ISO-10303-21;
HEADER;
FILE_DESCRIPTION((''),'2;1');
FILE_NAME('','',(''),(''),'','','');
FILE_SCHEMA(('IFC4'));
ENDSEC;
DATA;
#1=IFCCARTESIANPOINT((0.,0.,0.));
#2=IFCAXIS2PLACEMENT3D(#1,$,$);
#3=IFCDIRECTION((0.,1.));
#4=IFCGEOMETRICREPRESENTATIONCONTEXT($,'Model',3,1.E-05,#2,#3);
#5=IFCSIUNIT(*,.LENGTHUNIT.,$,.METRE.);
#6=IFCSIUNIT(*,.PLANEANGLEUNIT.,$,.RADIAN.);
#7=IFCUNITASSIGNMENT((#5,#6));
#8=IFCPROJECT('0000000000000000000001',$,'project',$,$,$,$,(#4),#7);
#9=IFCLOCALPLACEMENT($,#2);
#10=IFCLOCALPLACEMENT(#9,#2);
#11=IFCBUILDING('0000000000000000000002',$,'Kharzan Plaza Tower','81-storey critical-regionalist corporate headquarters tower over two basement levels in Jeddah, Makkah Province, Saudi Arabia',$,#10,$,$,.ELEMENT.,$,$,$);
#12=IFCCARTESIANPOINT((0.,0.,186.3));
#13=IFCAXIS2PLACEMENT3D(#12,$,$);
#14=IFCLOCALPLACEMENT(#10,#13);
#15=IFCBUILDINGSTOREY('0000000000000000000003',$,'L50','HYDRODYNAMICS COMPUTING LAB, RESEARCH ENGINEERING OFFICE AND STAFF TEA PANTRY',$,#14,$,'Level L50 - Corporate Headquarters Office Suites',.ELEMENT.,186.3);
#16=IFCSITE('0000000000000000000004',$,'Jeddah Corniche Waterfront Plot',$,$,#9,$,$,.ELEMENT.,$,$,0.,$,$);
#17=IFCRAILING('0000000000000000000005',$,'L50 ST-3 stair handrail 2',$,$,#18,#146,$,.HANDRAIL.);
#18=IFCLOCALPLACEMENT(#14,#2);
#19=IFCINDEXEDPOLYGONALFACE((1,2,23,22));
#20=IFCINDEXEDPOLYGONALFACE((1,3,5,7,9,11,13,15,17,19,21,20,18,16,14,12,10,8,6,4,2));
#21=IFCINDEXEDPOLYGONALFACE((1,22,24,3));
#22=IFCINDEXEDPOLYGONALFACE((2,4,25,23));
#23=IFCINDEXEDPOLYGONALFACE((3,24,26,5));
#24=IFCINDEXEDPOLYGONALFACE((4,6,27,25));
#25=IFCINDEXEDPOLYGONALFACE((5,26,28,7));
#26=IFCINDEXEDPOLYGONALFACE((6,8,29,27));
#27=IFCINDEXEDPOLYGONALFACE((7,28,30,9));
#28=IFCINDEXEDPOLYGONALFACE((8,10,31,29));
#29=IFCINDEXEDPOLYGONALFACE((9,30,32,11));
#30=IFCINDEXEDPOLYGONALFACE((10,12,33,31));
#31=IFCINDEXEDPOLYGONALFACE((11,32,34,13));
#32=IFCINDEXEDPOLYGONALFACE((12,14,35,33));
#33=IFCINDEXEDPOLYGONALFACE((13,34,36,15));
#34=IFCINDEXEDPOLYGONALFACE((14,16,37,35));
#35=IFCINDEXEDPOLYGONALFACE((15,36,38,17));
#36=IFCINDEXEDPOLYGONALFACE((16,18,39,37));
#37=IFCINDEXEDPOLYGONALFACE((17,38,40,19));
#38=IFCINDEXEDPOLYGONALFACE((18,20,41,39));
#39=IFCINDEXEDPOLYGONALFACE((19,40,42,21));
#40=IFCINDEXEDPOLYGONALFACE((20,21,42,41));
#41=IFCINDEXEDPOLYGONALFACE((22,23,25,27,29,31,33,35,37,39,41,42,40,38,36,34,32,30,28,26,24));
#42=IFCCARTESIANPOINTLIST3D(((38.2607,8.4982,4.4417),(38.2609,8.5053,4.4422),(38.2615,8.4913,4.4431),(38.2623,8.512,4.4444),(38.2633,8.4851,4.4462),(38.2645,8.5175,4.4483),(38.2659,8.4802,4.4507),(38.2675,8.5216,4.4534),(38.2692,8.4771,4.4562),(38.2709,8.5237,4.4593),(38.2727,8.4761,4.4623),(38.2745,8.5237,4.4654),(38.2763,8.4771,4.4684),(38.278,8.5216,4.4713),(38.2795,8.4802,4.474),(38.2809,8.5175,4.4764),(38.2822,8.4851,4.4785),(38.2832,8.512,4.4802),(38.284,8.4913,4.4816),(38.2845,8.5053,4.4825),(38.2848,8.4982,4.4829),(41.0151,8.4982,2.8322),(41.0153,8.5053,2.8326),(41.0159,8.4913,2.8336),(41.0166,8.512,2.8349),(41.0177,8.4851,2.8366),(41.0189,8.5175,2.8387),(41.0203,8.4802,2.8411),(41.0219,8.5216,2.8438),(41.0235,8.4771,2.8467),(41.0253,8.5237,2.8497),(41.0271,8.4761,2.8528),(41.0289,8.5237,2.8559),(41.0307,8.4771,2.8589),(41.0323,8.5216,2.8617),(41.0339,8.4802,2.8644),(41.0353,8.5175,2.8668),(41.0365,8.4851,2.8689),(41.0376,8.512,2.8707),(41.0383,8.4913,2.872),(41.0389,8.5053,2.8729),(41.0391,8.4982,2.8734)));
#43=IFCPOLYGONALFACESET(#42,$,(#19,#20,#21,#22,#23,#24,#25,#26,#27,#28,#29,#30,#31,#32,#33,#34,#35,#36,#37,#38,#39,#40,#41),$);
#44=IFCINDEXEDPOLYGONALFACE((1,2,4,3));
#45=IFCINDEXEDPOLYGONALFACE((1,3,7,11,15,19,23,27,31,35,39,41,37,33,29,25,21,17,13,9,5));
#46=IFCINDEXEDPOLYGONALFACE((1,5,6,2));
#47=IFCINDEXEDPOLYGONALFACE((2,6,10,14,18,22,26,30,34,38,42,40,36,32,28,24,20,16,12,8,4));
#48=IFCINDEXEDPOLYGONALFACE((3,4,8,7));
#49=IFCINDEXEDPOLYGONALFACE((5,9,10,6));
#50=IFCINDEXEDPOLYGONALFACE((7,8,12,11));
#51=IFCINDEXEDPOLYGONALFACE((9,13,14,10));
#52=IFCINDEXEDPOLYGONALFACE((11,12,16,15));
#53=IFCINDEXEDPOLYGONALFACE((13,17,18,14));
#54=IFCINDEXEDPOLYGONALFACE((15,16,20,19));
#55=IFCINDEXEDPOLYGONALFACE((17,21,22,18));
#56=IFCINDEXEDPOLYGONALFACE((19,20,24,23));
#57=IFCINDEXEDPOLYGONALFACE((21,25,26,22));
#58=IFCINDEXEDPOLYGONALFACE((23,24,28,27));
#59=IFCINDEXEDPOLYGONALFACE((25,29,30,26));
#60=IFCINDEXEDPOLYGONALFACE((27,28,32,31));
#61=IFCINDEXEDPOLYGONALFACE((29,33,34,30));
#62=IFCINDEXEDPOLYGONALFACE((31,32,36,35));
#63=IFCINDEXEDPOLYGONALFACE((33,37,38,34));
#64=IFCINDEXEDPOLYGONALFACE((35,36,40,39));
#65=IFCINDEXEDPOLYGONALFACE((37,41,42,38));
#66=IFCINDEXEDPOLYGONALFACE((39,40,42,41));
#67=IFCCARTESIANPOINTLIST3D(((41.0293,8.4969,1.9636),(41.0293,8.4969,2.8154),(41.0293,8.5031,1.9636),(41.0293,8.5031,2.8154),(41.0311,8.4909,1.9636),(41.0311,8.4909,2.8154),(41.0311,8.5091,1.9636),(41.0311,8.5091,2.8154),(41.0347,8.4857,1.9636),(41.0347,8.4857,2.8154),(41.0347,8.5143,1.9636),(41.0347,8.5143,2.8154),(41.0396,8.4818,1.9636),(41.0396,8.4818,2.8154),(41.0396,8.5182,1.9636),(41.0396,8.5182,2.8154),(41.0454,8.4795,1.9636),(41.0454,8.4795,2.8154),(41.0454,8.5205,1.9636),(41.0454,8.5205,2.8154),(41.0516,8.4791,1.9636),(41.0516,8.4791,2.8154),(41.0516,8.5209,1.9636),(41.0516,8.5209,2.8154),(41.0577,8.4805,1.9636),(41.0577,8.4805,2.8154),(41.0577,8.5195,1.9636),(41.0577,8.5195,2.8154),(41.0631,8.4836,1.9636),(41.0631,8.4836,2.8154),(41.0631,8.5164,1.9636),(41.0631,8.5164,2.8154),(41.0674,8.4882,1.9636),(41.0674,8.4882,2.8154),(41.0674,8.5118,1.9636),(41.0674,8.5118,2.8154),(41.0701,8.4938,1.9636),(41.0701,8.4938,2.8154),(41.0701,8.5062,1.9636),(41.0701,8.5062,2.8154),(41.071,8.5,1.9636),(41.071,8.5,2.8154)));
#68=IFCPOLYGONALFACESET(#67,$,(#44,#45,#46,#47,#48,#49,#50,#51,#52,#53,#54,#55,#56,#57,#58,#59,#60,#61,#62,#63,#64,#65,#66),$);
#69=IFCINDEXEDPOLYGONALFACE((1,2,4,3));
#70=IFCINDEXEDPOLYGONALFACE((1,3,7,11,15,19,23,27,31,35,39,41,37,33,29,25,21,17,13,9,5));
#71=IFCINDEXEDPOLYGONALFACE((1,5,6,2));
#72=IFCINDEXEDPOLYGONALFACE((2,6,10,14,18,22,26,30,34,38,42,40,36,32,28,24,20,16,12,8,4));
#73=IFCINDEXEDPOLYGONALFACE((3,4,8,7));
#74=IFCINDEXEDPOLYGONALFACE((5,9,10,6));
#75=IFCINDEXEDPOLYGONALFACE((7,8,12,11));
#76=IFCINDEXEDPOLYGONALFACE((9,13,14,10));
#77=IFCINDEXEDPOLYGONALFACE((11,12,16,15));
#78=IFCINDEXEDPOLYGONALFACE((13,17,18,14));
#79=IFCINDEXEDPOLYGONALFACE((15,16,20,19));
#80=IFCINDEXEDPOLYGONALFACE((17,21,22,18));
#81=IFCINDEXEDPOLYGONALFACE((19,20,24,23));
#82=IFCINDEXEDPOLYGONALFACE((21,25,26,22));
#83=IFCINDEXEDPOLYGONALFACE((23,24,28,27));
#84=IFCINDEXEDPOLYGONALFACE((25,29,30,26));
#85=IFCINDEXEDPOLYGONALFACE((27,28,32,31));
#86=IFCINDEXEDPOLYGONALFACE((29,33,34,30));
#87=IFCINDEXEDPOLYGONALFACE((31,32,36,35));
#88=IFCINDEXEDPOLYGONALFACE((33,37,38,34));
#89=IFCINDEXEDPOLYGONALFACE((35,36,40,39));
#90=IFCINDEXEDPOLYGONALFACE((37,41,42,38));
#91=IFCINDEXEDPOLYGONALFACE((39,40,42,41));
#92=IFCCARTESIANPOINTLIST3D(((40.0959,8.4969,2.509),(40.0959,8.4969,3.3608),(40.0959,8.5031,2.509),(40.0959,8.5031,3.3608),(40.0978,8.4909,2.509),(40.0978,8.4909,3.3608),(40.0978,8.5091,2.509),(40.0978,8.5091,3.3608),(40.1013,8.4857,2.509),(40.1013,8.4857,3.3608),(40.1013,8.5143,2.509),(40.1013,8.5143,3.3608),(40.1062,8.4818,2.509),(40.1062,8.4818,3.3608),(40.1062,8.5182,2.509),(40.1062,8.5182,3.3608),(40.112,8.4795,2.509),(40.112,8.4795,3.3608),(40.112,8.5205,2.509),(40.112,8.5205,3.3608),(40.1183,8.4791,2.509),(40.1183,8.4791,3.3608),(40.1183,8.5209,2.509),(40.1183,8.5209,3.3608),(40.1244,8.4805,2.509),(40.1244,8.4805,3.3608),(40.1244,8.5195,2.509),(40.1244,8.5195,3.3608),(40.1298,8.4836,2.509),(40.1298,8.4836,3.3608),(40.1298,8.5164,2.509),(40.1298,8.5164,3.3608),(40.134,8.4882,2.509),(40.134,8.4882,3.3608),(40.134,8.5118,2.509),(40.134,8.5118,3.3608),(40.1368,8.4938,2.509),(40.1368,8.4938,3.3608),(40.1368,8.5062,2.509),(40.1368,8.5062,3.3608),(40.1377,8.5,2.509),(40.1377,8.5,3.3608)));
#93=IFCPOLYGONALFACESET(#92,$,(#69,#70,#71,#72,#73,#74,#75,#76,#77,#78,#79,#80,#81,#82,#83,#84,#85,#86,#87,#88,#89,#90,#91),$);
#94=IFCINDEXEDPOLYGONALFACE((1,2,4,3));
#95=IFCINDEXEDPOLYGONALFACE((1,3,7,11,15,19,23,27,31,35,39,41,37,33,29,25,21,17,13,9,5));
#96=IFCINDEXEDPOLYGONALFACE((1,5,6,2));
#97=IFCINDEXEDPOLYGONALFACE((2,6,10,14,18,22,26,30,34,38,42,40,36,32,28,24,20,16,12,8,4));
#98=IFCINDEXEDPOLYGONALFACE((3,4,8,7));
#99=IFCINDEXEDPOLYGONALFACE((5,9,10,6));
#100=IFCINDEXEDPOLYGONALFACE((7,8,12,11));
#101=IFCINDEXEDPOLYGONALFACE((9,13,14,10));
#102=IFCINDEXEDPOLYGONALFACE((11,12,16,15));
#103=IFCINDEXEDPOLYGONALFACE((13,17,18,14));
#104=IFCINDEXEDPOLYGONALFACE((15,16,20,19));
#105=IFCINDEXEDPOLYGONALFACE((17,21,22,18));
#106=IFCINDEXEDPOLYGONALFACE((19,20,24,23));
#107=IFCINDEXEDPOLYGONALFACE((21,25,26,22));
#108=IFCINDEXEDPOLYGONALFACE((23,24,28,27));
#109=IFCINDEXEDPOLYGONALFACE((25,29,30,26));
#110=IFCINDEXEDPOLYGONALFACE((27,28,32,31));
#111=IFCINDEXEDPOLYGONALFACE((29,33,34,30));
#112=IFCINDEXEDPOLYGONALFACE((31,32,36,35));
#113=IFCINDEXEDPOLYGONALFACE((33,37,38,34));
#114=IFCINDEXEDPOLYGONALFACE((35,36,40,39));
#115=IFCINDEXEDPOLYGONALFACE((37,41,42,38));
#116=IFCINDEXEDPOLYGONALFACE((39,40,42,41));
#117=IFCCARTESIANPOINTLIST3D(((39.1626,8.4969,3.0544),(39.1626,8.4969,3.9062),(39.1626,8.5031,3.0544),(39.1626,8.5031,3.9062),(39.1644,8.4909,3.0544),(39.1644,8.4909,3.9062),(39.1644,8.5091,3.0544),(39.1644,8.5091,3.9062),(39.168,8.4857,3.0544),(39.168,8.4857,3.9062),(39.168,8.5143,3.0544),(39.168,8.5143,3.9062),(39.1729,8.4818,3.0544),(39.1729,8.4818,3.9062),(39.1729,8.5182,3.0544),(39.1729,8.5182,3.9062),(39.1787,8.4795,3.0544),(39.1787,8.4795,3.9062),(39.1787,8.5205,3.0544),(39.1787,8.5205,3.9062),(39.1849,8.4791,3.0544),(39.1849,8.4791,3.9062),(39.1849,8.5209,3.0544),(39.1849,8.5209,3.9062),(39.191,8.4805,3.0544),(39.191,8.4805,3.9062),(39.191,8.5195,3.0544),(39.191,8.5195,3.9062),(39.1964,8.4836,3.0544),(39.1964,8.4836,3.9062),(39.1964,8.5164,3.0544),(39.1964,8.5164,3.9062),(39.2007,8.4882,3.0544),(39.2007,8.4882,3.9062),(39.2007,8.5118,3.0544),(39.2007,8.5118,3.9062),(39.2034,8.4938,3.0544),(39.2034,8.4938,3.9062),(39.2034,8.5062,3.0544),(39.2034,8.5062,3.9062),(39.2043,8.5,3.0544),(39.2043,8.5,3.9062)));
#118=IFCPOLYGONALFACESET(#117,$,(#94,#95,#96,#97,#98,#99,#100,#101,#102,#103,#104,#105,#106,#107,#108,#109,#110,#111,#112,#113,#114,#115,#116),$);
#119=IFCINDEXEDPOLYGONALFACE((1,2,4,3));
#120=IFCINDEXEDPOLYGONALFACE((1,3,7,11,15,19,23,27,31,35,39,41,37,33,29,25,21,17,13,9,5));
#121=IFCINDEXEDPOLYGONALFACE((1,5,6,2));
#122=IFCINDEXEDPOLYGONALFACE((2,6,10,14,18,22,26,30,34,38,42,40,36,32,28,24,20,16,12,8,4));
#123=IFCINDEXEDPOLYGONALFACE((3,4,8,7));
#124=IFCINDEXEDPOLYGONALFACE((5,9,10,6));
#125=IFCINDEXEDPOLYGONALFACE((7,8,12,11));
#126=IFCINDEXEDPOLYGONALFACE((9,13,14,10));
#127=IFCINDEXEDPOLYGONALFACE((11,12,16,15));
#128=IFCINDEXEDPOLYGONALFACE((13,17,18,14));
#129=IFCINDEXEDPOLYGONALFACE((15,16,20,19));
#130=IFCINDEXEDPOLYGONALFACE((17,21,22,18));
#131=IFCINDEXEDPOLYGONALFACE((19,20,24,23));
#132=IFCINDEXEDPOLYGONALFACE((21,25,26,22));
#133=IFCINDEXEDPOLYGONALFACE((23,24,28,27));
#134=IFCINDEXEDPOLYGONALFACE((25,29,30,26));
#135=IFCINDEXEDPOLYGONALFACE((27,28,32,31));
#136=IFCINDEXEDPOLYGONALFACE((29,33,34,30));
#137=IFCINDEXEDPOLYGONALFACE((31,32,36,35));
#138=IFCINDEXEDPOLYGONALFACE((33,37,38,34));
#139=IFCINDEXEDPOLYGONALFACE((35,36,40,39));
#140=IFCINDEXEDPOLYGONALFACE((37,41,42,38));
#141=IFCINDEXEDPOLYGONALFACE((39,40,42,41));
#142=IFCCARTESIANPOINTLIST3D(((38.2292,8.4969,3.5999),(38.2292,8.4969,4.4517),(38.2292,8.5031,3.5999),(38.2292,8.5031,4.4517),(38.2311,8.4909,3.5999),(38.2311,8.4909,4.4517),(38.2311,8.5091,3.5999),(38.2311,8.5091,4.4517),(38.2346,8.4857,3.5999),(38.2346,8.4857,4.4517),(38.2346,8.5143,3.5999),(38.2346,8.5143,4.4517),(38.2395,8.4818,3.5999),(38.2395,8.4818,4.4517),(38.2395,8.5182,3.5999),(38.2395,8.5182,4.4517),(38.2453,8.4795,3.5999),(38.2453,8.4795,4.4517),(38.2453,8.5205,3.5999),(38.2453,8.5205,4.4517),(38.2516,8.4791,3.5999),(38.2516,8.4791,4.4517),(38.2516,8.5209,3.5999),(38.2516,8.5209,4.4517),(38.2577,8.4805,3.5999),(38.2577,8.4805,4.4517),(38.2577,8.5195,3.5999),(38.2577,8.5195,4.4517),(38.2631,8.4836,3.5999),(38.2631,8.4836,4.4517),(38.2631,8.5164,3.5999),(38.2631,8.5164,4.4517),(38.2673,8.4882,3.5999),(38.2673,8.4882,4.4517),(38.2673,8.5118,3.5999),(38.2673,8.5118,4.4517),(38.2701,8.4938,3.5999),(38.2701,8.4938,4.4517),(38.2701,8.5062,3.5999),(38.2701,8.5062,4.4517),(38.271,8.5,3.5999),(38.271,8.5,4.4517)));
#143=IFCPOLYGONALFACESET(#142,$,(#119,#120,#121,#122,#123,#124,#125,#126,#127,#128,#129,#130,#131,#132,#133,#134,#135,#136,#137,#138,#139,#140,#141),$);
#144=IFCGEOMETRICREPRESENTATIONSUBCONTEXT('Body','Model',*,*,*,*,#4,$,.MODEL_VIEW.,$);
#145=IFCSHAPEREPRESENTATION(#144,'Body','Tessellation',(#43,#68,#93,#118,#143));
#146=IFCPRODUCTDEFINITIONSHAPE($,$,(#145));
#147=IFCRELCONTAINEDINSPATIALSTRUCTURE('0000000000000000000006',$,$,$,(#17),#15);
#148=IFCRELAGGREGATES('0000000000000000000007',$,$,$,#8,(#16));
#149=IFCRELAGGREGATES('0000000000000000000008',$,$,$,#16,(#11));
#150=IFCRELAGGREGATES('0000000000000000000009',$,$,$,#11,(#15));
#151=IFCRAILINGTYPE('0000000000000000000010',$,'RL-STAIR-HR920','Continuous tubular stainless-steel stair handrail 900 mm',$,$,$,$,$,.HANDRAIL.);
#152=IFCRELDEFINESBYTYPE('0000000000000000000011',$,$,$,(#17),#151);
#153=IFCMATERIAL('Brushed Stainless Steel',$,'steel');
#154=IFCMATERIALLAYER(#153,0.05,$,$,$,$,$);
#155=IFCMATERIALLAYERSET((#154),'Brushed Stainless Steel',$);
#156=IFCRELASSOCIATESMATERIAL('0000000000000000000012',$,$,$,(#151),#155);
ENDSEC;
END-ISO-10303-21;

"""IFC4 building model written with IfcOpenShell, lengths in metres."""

from ifc_helpers import new_model, si_unit, direction, frame, origin, origin_2d, place, context, subcontext, project, spatial, circle, extrude, source, transform, mapped, material, layer, layer_set, type_object, element, save


model = new_model("IFC4")

# Units and contexts
model_context = context("Model", 3, precision=1e-05, world=origin(), true_north=direction((0.0, 1.0)))
body_context = subcontext(model_context, "Body", "Model", "MODEL_VIEW")
ifc_project = project(units=[si_unit("LENGTHUNIT", "METRE"), si_unit("PLANEANGLEUNIT", "RADIAN")], contexts=[model_context])

# Site, building, storey
site_placement = place(None, origin())
site = spatial("IfcSite", under=ifc_project, at=site_placement, Name="Jeddah Corniche Waterfront Plot", CompositionType="ELEMENT", RefElevation=0.0)
building_placement = place(site_placement, origin())
building = spatial("IfcBuilding", under=site, at=building_placement, Name="Kharzan Plaza Tower", Description="81-storey critical-regionalist corporate headquarters tower over two basement levels in Jeddah, Makkah Province, Saudi Arabia", CompositionType="ELEMENT")
storey_placement = place(building_placement, frame((0.0, 0.0, 186.3)))
storey = spatial("IfcBuildingStorey", under=building, at=storey_placement, Name="L50", Description="HYDRODYNAMICS COMPUTING LAB, RESEARCH ENGINEERING OFFICE AND STAFF TEA PANTRY", LongName="Level L50 - Corporate Headquarters Office Suites", CompositionType="ELEMENT", Elevation=186.3)

# Shared definitions
ifc_material_1 = material(Name="Brushed Stainless Steel", Category="steel")

# Railing
ifc_layer_1 = layer(ifc_material_1, 0.05)
ifc_layer_set_1 = layer_set([ifc_layer_1], Name="Brushed Stainless Steel")
railing_type_1 = type_object("IfcRailingType", Name="RL-STAIR-HR920", Description="Continuous tubular stainless-steel stair handrail 900 mm", PredefinedType="HANDRAIL", material=ifc_layer_set_1)
shared_shape_1 = source(origin(), body_context, "Body", "SweptSolid", [
    extrude(circle(Radius=0.0239, at=origin_2d()), frame((-0.0229, 0.0, 0.8892), z_axis=(-0.863394, 0.0, 0.504531), x_axis=(0.0, -1.0, 0.0)), (0.0, 0.0, 1.0), 3.1902),
    extrude(circle(Radius=0.021, at=origin_2d()), origin(), (0.0, 0.0, 1.0), 0.8518),
    extrude(circle(Radius=0.021, at=origin_2d()), frame((-0.9333, 0.0, 0.5454)), (0.0, 0.0, 1.0), 0.8518),
    extrude(circle(Radius=0.021, at=origin_2d()), frame((-1.8667, 0.0, 1.0908)), (0.0, 0.0, 1.0), 0.8518),
    extrude(circle(Radius=0.021, at=origin_2d()), frame((-2.8, 0.0, 1.6362)), (0.0, 0.0, 1.0), 0.8518),
])
railing_1_placement = place(storey_placement, frame((41.05, 8.5, 1.9636)))
element("IfcRailing", 1, at=railing_1_placement, inside=storey, type_object=railing_type_1, Name="L50 ST-3 stair handrail 2", PredefinedType="HANDRAIL", context=body_context, shape_type="MappedRepresentation", body=[
    mapped(shared_shape_1, transform((0.0, 0.0, 0.0), x_axis=(1.0, 0.0, 0.0), y_axis=(0.0, 1.0, 0.0), z_axis=(0.0, 0.0, 1.0))),
])

save(model, "model.ifc")
